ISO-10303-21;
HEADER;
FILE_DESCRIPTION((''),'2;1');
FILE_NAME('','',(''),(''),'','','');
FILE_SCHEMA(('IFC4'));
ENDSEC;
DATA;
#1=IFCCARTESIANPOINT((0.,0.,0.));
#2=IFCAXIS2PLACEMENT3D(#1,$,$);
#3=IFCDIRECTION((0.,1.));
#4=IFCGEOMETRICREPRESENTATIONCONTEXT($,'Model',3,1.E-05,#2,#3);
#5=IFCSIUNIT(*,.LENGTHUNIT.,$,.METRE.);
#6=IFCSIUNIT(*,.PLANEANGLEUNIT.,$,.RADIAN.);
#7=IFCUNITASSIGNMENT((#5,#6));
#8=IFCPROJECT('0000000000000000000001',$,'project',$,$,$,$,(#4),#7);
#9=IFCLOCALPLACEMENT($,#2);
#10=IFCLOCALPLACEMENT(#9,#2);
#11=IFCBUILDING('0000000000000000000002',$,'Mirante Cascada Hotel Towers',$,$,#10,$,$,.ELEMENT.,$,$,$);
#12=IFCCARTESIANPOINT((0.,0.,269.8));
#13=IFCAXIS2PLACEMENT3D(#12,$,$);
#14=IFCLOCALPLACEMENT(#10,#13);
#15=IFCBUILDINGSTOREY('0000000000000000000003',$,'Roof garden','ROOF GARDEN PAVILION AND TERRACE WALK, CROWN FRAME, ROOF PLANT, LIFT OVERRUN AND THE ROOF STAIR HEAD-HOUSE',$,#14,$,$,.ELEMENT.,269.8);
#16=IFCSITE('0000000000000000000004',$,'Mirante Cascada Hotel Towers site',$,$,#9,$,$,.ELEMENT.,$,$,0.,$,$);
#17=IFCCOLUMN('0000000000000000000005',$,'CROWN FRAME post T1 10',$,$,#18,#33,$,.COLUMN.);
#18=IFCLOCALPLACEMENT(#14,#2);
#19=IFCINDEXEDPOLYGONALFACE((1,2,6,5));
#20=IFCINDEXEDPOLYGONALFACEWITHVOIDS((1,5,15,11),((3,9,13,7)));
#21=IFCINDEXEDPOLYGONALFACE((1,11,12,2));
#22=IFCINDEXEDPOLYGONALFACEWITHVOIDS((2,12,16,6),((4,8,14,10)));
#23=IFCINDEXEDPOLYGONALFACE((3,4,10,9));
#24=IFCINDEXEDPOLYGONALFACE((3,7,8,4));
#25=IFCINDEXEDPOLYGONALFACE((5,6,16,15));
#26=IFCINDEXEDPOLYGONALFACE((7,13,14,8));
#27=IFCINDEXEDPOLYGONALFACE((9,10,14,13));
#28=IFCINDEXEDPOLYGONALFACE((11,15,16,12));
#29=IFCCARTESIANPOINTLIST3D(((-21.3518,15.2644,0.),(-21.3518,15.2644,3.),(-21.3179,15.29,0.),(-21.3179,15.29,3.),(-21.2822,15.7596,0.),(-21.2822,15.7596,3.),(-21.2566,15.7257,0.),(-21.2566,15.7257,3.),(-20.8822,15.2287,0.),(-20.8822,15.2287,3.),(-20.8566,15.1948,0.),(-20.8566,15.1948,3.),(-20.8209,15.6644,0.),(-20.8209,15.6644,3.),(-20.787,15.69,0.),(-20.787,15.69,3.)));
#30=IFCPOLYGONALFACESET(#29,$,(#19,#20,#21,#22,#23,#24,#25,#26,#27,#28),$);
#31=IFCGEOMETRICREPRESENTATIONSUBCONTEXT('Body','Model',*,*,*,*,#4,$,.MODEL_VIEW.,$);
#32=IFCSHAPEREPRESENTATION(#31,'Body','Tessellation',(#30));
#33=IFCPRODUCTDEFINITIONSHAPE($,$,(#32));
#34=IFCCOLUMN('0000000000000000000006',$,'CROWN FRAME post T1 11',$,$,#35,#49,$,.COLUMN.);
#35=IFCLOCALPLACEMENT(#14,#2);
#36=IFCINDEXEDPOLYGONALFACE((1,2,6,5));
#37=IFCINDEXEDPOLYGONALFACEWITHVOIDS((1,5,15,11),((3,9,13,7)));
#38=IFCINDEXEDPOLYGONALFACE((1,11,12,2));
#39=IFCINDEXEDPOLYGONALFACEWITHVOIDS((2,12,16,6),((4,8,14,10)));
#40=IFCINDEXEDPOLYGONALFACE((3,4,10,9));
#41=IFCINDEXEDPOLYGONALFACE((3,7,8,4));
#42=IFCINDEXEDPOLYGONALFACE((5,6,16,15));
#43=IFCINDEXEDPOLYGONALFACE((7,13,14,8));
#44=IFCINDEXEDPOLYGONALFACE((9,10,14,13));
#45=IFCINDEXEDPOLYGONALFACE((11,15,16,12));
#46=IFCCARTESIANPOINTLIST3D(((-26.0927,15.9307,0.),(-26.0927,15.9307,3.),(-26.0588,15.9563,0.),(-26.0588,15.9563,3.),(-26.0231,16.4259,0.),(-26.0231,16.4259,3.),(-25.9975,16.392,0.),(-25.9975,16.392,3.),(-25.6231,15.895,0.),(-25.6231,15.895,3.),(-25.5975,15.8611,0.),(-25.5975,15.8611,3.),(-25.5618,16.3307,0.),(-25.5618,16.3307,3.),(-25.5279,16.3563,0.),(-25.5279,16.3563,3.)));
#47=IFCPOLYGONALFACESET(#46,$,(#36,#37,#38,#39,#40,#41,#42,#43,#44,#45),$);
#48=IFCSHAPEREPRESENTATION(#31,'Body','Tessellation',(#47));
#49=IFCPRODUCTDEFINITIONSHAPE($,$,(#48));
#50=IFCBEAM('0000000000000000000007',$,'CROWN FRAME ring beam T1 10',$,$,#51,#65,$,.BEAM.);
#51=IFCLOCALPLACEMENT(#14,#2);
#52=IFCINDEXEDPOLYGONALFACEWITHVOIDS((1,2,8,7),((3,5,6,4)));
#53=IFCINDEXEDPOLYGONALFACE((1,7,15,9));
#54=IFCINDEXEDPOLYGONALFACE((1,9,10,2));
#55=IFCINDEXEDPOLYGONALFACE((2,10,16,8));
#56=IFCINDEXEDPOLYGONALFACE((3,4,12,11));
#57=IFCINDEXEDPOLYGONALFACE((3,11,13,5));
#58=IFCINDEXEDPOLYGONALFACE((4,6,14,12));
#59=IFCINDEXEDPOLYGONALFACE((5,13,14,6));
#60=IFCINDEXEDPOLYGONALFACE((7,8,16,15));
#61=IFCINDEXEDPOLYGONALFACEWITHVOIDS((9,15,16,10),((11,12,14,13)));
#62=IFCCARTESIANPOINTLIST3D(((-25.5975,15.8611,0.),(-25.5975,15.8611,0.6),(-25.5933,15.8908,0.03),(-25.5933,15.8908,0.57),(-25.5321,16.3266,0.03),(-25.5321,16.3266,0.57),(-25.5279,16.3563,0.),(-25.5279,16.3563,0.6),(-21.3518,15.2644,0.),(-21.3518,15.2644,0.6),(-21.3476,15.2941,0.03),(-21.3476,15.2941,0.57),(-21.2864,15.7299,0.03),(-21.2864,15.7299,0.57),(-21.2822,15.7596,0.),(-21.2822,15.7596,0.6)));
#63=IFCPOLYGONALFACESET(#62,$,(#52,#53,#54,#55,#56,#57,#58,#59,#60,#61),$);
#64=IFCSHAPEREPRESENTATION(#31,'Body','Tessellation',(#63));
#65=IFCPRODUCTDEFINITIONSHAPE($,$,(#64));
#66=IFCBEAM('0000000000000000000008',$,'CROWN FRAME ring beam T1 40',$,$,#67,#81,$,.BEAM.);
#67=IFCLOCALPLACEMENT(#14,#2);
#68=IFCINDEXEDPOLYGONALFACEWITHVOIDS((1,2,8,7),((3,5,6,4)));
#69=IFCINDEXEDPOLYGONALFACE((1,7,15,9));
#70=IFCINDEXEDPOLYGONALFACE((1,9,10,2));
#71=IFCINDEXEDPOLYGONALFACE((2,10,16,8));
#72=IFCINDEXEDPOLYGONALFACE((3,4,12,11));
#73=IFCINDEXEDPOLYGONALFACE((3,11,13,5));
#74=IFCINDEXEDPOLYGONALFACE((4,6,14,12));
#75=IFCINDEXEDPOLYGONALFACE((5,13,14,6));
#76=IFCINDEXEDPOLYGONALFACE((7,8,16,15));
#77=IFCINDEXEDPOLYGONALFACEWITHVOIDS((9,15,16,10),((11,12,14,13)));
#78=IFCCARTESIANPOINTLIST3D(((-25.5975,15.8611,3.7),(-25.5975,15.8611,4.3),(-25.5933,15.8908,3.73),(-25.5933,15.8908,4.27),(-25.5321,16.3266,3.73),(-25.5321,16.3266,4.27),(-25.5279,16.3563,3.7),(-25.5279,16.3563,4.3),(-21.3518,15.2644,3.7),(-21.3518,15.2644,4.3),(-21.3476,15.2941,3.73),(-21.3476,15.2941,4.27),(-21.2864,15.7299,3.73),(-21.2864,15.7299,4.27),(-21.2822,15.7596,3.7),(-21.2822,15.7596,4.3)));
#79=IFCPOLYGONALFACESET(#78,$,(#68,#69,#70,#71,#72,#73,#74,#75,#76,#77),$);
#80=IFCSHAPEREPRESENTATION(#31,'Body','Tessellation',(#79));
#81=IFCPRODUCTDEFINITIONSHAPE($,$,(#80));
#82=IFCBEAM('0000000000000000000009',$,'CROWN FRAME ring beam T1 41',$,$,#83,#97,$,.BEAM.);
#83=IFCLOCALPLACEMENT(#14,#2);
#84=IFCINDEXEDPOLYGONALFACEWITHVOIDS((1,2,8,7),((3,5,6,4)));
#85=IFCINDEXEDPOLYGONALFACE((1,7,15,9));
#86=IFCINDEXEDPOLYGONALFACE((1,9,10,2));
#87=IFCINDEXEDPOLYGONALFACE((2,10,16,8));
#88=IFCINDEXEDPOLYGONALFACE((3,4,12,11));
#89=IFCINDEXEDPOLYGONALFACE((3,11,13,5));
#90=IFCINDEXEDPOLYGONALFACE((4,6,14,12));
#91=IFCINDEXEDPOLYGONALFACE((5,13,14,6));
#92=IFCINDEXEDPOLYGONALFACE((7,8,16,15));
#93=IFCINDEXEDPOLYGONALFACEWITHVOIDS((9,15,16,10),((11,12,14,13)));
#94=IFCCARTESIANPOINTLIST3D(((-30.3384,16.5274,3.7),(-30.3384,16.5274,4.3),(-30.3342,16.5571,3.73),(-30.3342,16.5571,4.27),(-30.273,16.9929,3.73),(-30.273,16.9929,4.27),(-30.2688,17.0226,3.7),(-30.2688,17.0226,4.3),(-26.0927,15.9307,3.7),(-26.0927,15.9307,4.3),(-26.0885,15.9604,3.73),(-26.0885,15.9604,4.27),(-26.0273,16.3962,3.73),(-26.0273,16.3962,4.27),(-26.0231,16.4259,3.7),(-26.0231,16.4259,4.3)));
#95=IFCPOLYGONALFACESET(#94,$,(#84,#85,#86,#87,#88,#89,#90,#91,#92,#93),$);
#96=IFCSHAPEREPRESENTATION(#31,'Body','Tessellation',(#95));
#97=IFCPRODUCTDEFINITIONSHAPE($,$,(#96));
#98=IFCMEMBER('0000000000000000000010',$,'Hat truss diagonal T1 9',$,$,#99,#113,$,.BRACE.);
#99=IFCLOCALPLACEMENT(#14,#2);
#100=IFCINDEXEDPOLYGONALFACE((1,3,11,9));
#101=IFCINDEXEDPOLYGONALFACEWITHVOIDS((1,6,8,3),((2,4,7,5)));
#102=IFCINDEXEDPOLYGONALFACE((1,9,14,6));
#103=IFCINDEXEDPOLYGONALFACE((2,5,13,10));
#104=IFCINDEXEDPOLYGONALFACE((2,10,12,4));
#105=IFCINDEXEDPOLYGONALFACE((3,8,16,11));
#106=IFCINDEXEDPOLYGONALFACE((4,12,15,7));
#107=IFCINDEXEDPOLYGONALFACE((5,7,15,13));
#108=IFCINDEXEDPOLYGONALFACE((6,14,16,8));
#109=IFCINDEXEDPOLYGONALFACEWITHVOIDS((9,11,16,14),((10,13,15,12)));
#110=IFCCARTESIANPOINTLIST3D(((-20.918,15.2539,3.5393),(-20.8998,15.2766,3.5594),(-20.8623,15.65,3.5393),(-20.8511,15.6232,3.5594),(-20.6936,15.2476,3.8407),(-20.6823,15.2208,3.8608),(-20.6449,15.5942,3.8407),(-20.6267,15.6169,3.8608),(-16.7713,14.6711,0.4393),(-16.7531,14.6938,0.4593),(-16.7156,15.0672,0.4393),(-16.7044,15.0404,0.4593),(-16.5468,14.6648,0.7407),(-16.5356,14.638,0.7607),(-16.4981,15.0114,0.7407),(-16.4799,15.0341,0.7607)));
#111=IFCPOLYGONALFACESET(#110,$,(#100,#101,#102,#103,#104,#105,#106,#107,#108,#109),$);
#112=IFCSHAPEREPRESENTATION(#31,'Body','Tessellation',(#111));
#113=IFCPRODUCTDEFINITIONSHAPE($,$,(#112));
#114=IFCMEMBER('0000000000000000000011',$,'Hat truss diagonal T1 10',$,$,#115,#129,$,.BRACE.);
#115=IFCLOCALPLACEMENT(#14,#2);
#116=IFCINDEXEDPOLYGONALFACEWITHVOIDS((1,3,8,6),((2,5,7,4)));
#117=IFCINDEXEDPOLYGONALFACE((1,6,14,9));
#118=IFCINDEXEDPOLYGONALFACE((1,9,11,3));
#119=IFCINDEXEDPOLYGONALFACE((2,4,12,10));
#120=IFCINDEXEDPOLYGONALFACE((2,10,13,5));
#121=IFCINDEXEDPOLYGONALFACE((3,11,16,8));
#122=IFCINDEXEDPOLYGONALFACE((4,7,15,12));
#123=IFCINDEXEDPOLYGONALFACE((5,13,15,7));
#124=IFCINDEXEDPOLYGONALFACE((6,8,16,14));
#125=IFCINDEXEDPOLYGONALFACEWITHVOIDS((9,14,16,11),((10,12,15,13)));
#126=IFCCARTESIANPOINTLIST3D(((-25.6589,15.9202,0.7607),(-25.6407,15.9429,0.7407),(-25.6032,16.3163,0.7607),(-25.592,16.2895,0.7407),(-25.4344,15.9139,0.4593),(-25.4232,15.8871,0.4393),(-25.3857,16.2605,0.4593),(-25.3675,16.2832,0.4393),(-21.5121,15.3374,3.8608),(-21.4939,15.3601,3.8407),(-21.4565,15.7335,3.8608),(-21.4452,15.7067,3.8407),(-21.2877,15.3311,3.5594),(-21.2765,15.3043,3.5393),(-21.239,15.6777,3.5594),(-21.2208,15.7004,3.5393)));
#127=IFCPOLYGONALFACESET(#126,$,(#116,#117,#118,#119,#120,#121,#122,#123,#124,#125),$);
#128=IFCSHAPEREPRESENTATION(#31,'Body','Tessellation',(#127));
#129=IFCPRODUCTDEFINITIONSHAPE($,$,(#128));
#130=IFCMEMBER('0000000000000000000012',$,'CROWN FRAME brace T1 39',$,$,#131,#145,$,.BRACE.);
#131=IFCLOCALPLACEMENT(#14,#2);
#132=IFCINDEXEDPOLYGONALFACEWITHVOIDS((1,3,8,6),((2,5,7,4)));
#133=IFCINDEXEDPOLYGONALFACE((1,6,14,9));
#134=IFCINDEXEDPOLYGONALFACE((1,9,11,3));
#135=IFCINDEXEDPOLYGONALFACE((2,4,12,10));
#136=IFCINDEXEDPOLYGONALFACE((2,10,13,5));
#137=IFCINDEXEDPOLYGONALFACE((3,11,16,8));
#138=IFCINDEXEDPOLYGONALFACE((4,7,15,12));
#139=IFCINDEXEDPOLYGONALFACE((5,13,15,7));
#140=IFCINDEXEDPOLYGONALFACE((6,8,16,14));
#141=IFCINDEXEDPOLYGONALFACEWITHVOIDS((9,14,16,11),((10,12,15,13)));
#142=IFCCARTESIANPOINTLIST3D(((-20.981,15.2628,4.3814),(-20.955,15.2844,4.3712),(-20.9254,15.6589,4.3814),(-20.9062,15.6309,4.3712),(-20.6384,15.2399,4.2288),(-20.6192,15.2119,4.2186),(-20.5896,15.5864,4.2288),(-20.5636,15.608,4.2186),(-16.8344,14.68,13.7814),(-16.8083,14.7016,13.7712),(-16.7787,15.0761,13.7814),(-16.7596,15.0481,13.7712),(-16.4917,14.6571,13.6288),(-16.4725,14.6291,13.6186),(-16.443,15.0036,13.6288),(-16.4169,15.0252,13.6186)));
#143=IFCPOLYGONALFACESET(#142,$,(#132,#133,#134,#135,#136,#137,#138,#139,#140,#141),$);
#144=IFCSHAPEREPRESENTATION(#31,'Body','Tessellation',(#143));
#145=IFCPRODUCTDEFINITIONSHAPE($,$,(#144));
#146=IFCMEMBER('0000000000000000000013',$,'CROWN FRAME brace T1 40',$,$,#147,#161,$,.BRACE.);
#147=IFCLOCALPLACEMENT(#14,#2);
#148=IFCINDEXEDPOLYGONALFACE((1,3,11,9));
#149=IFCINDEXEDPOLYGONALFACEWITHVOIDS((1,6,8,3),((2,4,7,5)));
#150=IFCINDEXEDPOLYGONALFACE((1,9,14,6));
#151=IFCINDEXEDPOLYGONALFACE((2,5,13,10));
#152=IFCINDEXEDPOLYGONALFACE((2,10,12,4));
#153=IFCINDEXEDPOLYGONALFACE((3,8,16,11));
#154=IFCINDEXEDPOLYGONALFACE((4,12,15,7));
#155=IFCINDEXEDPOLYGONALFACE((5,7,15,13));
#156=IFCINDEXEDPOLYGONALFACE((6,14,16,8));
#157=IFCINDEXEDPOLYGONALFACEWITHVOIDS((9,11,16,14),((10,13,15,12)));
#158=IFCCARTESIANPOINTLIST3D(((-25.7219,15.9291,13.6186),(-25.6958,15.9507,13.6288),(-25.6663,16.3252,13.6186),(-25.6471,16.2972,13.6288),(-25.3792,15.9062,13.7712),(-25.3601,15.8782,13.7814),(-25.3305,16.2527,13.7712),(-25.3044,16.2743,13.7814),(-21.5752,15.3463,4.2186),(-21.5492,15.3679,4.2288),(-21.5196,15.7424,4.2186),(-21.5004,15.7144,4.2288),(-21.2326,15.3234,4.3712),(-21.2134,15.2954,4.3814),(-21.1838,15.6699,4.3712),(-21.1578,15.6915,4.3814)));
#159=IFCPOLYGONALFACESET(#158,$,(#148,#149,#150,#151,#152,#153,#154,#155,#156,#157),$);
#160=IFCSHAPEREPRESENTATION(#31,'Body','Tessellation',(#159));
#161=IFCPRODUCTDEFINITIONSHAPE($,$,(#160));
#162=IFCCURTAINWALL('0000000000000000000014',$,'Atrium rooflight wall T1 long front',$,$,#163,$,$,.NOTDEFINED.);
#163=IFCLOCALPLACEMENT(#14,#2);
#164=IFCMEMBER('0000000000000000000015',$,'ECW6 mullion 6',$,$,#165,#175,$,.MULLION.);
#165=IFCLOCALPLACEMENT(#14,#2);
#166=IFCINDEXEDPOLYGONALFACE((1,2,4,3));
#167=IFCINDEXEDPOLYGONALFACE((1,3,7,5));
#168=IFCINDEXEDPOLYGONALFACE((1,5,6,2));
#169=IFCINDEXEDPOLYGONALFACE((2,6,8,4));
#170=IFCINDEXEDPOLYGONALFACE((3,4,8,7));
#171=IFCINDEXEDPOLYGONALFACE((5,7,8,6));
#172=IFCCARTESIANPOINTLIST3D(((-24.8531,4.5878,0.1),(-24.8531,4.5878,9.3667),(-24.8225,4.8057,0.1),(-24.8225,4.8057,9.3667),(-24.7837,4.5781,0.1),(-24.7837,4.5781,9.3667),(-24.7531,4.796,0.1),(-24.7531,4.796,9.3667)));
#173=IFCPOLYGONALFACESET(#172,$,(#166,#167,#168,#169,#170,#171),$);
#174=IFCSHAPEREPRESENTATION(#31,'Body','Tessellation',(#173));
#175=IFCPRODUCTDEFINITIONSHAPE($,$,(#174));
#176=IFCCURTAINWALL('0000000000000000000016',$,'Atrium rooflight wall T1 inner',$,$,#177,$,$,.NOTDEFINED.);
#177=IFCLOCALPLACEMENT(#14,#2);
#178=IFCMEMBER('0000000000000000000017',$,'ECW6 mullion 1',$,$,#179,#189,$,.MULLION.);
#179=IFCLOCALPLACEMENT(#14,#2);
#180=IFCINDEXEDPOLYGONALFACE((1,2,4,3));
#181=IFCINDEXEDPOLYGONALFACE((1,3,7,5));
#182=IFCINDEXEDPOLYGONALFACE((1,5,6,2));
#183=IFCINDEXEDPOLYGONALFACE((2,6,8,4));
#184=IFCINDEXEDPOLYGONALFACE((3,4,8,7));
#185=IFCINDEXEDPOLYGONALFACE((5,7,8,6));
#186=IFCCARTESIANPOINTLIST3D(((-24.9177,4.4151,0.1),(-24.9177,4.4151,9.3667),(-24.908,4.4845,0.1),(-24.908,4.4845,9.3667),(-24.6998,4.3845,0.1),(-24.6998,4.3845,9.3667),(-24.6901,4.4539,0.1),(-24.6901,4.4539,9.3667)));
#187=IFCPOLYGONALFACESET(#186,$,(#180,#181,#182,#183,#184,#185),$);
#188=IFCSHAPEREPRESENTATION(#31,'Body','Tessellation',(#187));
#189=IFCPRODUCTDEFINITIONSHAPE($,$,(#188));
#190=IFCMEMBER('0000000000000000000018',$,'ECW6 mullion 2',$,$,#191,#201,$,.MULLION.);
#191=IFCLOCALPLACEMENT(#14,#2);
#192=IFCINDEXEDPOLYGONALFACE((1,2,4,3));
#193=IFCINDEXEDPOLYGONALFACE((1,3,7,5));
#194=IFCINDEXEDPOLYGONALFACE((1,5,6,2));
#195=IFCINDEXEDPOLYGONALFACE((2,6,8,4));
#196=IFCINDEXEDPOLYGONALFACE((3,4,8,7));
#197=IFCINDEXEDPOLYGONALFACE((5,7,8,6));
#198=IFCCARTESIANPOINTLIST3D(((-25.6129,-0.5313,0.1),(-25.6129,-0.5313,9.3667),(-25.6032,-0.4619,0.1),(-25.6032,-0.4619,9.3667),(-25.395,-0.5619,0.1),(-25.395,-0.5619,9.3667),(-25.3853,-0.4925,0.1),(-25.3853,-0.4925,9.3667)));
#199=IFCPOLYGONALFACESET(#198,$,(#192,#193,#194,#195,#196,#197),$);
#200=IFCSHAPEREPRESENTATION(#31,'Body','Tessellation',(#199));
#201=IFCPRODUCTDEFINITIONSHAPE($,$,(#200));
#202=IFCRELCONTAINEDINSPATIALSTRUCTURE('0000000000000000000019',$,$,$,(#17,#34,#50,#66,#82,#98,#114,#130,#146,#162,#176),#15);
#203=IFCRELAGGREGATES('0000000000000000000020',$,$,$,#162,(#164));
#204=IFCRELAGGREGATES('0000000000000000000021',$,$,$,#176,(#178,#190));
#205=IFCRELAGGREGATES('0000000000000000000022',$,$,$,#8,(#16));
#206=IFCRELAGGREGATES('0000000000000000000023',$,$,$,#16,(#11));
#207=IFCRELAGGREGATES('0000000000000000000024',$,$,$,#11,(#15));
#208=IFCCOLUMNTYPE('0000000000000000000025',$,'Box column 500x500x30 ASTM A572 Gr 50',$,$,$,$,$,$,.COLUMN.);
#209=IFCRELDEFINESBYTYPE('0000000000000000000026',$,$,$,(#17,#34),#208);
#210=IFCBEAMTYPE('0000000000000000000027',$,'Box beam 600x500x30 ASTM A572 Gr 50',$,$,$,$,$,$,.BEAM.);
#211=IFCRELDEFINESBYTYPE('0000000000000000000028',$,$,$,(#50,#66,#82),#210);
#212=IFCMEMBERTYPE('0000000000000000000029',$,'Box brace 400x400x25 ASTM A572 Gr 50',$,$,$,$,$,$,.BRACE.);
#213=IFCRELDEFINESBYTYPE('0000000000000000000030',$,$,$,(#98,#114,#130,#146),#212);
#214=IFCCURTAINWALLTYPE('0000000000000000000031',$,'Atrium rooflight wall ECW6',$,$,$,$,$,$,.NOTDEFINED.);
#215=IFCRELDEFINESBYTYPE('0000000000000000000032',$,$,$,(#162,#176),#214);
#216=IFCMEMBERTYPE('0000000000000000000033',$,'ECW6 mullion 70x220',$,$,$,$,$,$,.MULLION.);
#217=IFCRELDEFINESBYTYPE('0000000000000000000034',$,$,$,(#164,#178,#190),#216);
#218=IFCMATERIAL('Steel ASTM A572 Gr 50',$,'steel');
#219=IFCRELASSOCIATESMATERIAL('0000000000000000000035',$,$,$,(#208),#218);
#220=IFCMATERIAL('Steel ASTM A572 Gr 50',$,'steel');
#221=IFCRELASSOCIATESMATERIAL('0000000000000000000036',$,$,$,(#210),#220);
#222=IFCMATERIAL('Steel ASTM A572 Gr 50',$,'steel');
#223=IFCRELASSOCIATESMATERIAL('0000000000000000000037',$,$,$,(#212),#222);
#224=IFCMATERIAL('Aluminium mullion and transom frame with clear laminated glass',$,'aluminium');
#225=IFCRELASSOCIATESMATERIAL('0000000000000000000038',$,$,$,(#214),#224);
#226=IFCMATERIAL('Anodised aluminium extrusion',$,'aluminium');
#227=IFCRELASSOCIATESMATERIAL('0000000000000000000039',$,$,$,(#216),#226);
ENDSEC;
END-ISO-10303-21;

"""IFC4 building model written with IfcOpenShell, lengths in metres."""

from ifc_helpers import new_model, si_unit, direction, frame, origin, origin_2d, place, context, subcontext, project, spatial, rectangle, hollow_rectangle, extrude, material, material_profile, profile_set, type_object, element, aggregate, save


model = new_model("IFC4")

# Units and contexts
model_context = context("Model", 3, precision=1e-05, world=origin(), true_north=direction((0.0, 1.0)))
body_context = subcontext(model_context, "Body", "Model", "MODEL_VIEW")
ifc_project = project(units=[si_unit("LENGTHUNIT", "METRE"), si_unit("PLANEANGLEUNIT", "RADIAN")], contexts=[model_context])

# Site, building, storey
site_placement = place(None, origin())
site = spatial("IfcSite", under=ifc_project, at=site_placement, Name="Mirante Cascada Hotel Towers site", CompositionType="ELEMENT", RefElevation=0.0)
building_placement = place(site_placement, origin())
building = spatial("IfcBuilding", under=site, at=building_placement, Name="Mirante Cascada Hotel Towers", CompositionType="ELEMENT")
storey_placement = place(building_placement, frame((0.0, 0.0, 269.8)))
storey = spatial("IfcBuildingStorey", under=building, at=storey_placement, Name="Roof garden", Description="ROOF GARDEN PAVILION AND TERRACE WALK, CROWN FRAME, ROOF PLANT, LIFT OVERRUN AND THE ROOF STAIR HEAD-HOUSE", CompositionType="ELEMENT", Elevation=269.8)

# Columns
ifc_material_1 = material(Name="Steel ASTM A572 Gr 50", Category="steel")
ifc_material_profile_1 = material_profile(ifc_material_1, hollow_rectangle(XDim=0.5, YDim=0.5, WallThickness=0.03, at=origin_2d()), Name="Box column 500x500x30 ASTM A572 Gr 50")
ifc_profile_set_1 = profile_set([ifc_material_profile_1], Name="Steel ASTM A572 Gr 50")
column_type = type_object("IfcColumnType", Name="Box column 500x500x30 ASTM A572 Gr 50", PredefinedType="COLUMN", material=ifc_profile_set_1)
for number, where, z_axis, x_axis, name in (
    (1, (-21.0694, 15.4772, 0.0), (0.0, 0.0, 1.0), (-0.990268, 0.139173, 0.0), "CROWN FRAME post T1 10"),
    (2, (-25.8103, 16.1435, 0.0), (0.0, 0.0, 1.0), (-0.990268, 0.139173, 0.0), "CROWN FRAME post T1 11"),
):
    element("IfcColumn", number, at=place(storey_placement, frame(where, z_axis=z_axis, x_axis=x_axis)), inside=storey, type_object=column_type, Name=name, PredefinedType="COLUMN", context=body_context, shape_type="SweptSolid", body=[
        extrude(hollow_rectangle(XDim=0.5, YDim=0.5, WallThickness=0.03, at=origin_2d()), origin(), (0.0, 0.0, 1.0), 3.0),
    ])

# Beams
ifc_material_2 = material(Name="Steel ASTM A572 Gr 50", Category="steel")
ifc_material_profile_2 = material_profile(ifc_material_2, hollow_rectangle(XDim=0.5, YDim=0.6, WallThickness=0.03, at=origin_2d()), Name="Box beam 600x500x30 ASTM A572 Gr 50")
ifc_profile_set_2 = profile_set([ifc_material_profile_2], Name="Steel ASTM A572 Gr 50")
beam_type = type_object("IfcBeamType", Name="Box beam 600x500x30 ASTM A572 Gr 50", PredefinedType="BEAM", material=ifc_profile_set_2)
for number, where, z_axis, x_axis, name in (
    (3, (-21.317, 15.512, 0.3), (-0.990268, 0.139174, 0.0), (-0.139174, -0.990268, 0.0), "CROWN FRAME ring beam T1 10"),
    (4, (-21.317, 15.512, 4.0), (-0.990268, 0.139174, 0.0), (-0.139174, -0.990268, 0.0), "CROWN FRAME ring beam T1 40"),
    (5, (-26.0579, 16.1783, 4.0), (-0.990268, 0.139174, 0.0), (-0.139174, -0.990268, 0.0), "CROWN FRAME ring beam T1 41"),
):
    element("IfcBeam", number, at=place(storey_placement, frame(where, z_axis=z_axis, x_axis=x_axis)), inside=storey, type_object=beam_type, Name=name, PredefinedType="BEAM", context=body_context, shape_type="SweptSolid", body=[
        extrude(hollow_rectangle(XDim=0.5, YDim=0.6, WallThickness=0.03, at=origin_2d()), origin(), (0.0, 0.0, 1.0), 4.2874),
    ])

# Members
ifc_material_3 = material(Name="Steel ASTM A572 Gr 50", Category="steel")
ifc_material_profile_3 = material_profile(ifc_material_3, hollow_rectangle(XDim=0.4, YDim=0.4, WallThickness=0.025, at=origin_2d()), Name="Box brace 400x400x25 ASTM A572 Gr 50")
ifc_profile_set_3 = profile_set([ifc_material_profile_3], Name="Steel ASTM A572 Gr 50")
member_type_1 = type_object("IfcMemberType", Name="Box brace 400x400x25 ASTM A572 Gr 50", PredefinedType="BRACE", material=ifc_profile_set_3)
for number, where, z_axis, x_axis, name in (
    (6, (-16.6256, 14.8526, 0.6), (-0.795902, 0.11186, 0.595002), (-0.139178, -0.990267, 0.0), "Hat truss diagonal T1 9"),
    (7, (-25.5132, 16.1017, 0.6), (0.795902, -0.11186, 0.595002), (0.139178, 0.990267, 0.0), "Hat truss diagonal T1 10"),
):
    element("IfcMember", number, at=place(storey_placement, frame(where, z_axis=z_axis, x_axis=x_axis)), inside=storey, type_object=member_type_1, Name=name, PredefinedType="BRACE", context=body_context, shape_type="SweptSolid", body=[
        extrude(hollow_rectangle(XDim=0.4, YDim=0.4, WallThickness=0.025, at=origin_2d()), origin(), (0.0, 0.0, 1.0), 5.2101),
    ])
for number, where, z_axis, x_axis, name in (
    (8, (-20.7723, 15.4354, 4.3), (0.402963, -0.056635, 0.913462), (0.139178, 0.990267, 0.0), "CROWN FRAME brace T1 39"),
    (9, (-21.3665, 15.5189, 4.3), (-0.402963, 0.056635, 0.913462), (-0.139178, -0.990267, 0.0), "CROWN FRAME brace T1 40"),
):
    element("IfcMember", number, at=place(storey_placement, frame(where, z_axis=z_axis, x_axis=x_axis)), inside=storey, type_object=member_type_1, Name=name, PredefinedType="BRACE", context=body_context, shape_type="SweptSolid", body=[
        extrude(hollow_rectangle(XDim=0.4, YDim=0.4, WallThickness=0.025, at=origin_2d()), origin(), (0.0, 0.0, 1.0), 10.2905),
    ])

# Curtain wall, member
ifc_material_4 = material(Name="Aluminium mullion and transom frame with clear laminated glass", Category="aluminium")
curtain_wall_type = type_object("IfcCurtainWallType", Name="Atrium rooflight wall ECW6", PredefinedType="NOTDEFINED", material=ifc_material_4)
curtain_wall_1_placement = place(storey_placement, origin())
curtain_wall_1 = element("IfcCurtainWall", 10, at=curtain_wall_1_placement, inside=storey, type_object=curtain_wall_type, Name="Atrium rooflight wall T1 long front", PredefinedType="NOTDEFINED")
ifc_material_5 = material(Name="Anodised aluminium extrusion", Category="aluminium")
ifc_material_profile_4 = material_profile(ifc_material_5, rectangle(XDim=0.22, YDim=0.07, at=origin_2d()), Name="ECW6 MULLION 70x220")
ifc_profile_set_4 = profile_set([ifc_material_profile_4], Name="Anodised aluminium extrusion")
member_type_2 = type_object("IfcMemberType", Name="ECW6 mullion 70x220", PredefinedType="MULLION", material=ifc_profile_set_4)
member_1_placement = place(storey_placement, frame((-24.8031, 4.6919, 0.1), z_axis=(0.0, 0.0, 1.0), x_axis=(0.139173, 0.990268, 0.0)))
member_1 = element("IfcMember", 11, at=member_1_placement, type_object=member_type_2, Name="ECW6 mullion 6", PredefinedType="MULLION", context=body_context, shape_type="SweptSolid", body=[
    extrude(rectangle(XDim=0.22, YDim=0.07, at=origin_2d()), origin(), (0.0, 0.0, 1.0), 9.2667),
])
aggregate(curtain_wall_1, [member_1])

# Curtain wall, members
curtain_wall_2_placement = place(storey_placement, origin())
curtain_wall_2 = element("IfcCurtainWall", 12, at=curtain_wall_2_placement, inside=storey, type_object=curtain_wall_type, Name="Atrium rooflight wall T1 inner", PredefinedType="NOTDEFINED")
member_2_placement = place(storey_placement, frame((-24.8039, 4.4345, 0.1), z_axis=(0.0, 0.0, 1.0), x_axis=(0.990268, -0.139173, 0.0)))
member_2 = element("IfcMember", 13, at=member_2_placement, type_object=member_type_2, Name="ECW6 mullion 1", PredefinedType="MULLION", context=body_context, shape_type="SweptSolid", body=[
    extrude(rectangle(XDim=0.22, YDim=0.07, at=origin_2d()), origin(), (0.0, 0.0, 1.0), 9.2667),
])
member_3_placement = place(storey_placement, frame((-25.4991, -0.5119, 0.1), z_axis=(0.0, 0.0, 1.0), x_axis=(0.990268, -0.139173, 0.0)))
member_3 = element("IfcMember", 14, at=member_3_placement, type_object=member_type_2, Name="ECW6 mullion 2", PredefinedType="MULLION", context=body_context, shape_type="SweptSolid", body=[
    extrude(rectangle(XDim=0.22, YDim=0.07, at=origin_2d()), origin(), (0.0, 0.0, 1.0), 9.2667),
])
aggregate(curtain_wall_2, [member_2, member_3])

save(model, "model.ifc")
